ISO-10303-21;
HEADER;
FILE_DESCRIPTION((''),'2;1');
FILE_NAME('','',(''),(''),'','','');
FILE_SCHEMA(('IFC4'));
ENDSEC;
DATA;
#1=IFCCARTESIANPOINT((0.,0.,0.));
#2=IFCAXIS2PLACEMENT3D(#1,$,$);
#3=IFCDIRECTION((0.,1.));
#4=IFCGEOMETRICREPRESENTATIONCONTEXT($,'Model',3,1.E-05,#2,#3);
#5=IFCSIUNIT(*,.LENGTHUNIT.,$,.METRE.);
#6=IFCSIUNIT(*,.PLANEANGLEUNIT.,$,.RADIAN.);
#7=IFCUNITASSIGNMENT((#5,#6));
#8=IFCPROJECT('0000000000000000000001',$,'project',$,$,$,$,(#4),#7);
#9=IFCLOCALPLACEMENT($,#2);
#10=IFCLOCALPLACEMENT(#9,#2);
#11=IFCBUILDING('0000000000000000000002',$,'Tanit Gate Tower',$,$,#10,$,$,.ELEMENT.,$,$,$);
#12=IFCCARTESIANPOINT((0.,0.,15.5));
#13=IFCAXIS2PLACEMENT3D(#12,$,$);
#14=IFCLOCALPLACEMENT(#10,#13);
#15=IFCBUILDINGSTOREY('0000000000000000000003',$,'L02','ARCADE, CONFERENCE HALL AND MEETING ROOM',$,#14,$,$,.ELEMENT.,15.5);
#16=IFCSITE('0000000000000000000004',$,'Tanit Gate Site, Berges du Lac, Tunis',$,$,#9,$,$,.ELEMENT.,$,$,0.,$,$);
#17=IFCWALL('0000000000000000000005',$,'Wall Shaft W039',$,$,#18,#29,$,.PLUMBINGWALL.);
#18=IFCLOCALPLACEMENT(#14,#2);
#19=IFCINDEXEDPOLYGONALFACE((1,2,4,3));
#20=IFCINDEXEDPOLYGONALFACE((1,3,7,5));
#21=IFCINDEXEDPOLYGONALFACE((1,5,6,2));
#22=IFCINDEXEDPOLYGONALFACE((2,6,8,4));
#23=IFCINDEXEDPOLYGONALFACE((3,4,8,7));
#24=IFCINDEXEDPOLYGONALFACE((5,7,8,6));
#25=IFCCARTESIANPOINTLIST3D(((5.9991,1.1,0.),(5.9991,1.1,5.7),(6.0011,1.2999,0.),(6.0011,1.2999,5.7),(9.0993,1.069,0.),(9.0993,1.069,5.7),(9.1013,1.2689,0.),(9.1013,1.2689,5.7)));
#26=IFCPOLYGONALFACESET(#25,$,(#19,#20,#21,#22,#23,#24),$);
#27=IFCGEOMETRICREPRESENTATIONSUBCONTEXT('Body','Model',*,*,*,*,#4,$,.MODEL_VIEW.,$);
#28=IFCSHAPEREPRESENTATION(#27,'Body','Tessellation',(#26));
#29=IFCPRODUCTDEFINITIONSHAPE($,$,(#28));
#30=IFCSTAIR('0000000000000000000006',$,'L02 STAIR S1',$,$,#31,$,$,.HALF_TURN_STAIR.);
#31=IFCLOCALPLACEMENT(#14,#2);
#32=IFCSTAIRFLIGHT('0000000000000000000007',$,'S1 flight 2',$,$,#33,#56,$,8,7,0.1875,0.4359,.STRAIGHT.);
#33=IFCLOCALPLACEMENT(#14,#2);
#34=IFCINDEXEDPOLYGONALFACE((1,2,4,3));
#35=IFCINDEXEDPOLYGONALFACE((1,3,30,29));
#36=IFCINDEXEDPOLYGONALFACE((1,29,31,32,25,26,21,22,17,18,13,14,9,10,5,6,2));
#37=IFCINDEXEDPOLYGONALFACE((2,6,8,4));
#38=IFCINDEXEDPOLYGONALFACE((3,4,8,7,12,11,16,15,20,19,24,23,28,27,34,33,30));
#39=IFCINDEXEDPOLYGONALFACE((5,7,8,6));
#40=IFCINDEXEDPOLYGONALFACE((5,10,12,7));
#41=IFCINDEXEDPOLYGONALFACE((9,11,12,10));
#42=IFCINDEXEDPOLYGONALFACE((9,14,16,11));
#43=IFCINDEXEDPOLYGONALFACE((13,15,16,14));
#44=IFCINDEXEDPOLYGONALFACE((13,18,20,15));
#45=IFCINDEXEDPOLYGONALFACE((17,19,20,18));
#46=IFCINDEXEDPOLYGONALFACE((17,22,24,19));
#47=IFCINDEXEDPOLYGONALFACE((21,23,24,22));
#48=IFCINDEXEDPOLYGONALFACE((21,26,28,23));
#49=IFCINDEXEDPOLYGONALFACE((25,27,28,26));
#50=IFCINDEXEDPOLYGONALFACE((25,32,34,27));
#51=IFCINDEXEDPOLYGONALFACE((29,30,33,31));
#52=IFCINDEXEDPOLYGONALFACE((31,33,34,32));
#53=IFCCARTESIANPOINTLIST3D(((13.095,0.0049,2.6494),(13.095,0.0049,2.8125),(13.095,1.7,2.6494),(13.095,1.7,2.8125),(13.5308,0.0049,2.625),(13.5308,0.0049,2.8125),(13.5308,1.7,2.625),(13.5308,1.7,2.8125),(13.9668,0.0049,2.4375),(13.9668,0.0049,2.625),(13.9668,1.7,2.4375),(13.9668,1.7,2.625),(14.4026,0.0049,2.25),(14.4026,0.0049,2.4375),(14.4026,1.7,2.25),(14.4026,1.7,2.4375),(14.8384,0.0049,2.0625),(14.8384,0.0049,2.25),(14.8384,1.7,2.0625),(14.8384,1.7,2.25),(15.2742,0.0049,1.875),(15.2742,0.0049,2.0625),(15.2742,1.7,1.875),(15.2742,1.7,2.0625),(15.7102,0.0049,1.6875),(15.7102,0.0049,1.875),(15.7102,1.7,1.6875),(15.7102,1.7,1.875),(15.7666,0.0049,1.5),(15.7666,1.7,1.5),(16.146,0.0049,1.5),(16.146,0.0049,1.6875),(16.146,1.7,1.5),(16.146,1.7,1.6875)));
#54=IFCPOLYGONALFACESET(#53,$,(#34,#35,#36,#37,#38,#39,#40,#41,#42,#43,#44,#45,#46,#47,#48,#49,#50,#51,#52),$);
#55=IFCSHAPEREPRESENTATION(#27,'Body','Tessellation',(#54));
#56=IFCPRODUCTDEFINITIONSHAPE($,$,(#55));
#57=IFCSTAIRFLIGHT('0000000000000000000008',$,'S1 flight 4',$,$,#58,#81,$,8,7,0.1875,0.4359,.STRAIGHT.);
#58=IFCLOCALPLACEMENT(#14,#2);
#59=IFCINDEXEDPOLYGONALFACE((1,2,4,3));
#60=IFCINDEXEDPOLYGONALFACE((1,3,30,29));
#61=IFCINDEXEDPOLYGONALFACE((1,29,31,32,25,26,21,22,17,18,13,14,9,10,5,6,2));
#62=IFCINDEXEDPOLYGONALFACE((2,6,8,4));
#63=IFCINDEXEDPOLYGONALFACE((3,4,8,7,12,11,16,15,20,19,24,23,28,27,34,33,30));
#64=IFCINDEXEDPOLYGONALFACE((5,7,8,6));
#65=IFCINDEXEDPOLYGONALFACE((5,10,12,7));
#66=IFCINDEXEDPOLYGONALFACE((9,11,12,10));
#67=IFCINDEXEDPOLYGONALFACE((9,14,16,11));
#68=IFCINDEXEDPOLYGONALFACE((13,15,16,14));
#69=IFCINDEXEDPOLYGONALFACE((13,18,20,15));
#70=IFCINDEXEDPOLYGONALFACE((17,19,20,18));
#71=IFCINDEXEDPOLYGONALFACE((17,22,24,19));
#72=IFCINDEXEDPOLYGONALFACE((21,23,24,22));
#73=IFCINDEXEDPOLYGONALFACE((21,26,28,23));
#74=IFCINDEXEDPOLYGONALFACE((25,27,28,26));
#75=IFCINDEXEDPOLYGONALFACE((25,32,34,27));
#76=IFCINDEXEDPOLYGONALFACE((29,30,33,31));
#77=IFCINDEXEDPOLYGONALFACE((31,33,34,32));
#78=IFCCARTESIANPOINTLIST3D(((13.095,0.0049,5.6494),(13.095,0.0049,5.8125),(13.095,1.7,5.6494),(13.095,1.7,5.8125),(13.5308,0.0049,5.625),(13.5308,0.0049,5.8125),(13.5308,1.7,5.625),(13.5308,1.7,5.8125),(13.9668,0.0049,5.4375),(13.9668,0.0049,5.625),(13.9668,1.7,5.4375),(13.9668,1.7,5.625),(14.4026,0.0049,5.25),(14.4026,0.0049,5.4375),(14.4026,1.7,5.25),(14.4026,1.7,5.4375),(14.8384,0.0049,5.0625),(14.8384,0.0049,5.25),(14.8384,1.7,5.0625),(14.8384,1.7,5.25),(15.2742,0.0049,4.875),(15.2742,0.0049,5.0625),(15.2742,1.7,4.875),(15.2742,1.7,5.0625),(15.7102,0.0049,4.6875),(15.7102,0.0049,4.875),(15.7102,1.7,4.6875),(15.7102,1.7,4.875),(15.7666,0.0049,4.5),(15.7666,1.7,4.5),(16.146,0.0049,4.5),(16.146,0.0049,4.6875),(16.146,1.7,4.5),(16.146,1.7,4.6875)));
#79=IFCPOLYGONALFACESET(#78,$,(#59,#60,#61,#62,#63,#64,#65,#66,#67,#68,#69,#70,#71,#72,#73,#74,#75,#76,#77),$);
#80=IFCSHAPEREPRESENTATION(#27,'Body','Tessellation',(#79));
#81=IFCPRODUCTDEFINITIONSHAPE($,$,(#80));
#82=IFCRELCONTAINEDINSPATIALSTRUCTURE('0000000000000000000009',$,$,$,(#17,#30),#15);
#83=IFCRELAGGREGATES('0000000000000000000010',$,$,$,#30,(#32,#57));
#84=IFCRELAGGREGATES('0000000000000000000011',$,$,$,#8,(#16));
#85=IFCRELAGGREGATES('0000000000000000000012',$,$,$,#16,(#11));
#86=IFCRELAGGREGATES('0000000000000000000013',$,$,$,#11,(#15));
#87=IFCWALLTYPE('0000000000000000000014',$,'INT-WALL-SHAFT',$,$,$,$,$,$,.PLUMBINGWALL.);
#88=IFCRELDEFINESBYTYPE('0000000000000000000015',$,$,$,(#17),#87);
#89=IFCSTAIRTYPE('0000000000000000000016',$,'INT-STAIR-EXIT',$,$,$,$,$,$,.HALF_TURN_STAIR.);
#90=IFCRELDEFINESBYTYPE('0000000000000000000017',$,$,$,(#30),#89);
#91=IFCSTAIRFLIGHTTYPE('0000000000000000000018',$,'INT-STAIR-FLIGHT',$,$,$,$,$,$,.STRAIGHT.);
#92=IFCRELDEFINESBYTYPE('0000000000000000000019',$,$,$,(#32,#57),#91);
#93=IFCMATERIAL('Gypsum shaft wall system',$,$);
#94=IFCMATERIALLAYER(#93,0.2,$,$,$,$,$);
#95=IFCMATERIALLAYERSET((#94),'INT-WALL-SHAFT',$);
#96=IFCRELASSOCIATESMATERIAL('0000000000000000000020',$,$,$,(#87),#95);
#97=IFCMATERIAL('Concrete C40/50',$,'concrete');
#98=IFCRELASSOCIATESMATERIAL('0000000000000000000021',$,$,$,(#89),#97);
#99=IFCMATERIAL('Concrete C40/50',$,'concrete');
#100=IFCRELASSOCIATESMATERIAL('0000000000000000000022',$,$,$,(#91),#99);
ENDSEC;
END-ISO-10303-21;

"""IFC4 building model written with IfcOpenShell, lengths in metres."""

from ifc_helpers import new_model, si_unit, direction, frame, frame_2d, origin, place, context, subcontext, project, spatial, polyline, rectangle, outline, extrude, material, layer, layer_set, type_object, element, aggregate, save


model = new_model("IFC4")

# Units and contexts
model_context = context("Model", 3, precision=1e-05, world=origin(), true_north=direction((0.0, 1.0)))
body_context = subcontext(model_context, "Body", "Model", "MODEL_VIEW")
ifc_project = project(units=[si_unit("LENGTHUNIT", "METRE"), si_unit("PLANEANGLEUNIT", "RADIAN")], contexts=[model_context])

# Site, building, storey
site_placement = place(None, origin())
site = spatial("IfcSite", under=ifc_project, at=site_placement, Name="Tanit Gate Site, Berges du Lac, Tunis", CompositionType="ELEMENT", RefElevation=0.0)
building_placement = place(site_placement, origin())
building = spatial("IfcBuilding", under=site, at=building_placement, Name="Tanit Gate Tower", CompositionType="ELEMENT")
storey_placement = place(building_placement, frame((0.0, 0.0, 15.5)))
storey = spatial("IfcBuildingStorey", under=building, at=storey_placement, Name="L02", Description="ARCADE, CONFERENCE HALL AND MEETING ROOM", CompositionType="ELEMENT", Elevation=15.5)

# Shared definitions
ifc_material_1 = material(Name="Gypsum shaft wall system")
ifc_layer_1 = layer(ifc_material_1, 0.2)
ifc_layer_set_1 = layer_set([ifc_layer_1], Name="INT-WALL-SHAFT")
wall_type_1 = type_object("IfcWallType", Name="INT-WALL-SHAFT", PredefinedType="PLUMBINGWALL", material=ifc_layer_set_1)

# Wall
wall_1_placement = place(storey_placement, frame((6.0, 1.2, 0.0), z_axis=(0.0, 0.0, 1.0), x_axis=(0.99995, -0.010001, 0.0)))
element("IfcWall", 1, at=wall_1_placement, inside=storey, type_object=wall_type_1, Name="Wall Shaft W039", PredefinedType="PLUMBINGWALL", context=body_context, shape_type="SweptSolid", body=[
    extrude(rectangle(XDim=3.1003, YDim=0.2, at=frame_2d((1.5503, 0.0))), origin(), (0.0, 0.0, 1.0), 5.7),
])

# Stair, stair flights
ifc_material_2 = material(Name="Concrete C40/50", Category="concrete")
stair_type = type_object("IfcStairType", Name="INT-STAIR-EXIT", PredefinedType="HALF_TURN_STAIR", material=ifc_material_2)
stair_placement = place(storey_placement, origin())
stair = element("IfcStair", 2, at=stair_placement, inside=storey, type_object=stair_type, Name="L02 STAIR S1", PredefinedType="HALF_TURN_STAIR")
ifc_material_3 = material(Name="Concrete C40/50", Category="concrete")
stair_flight_type = type_object("IfcStairFlightType", Name="INT-STAIR-FLIGHT", PredefinedType="STRAIGHT", material=ifc_material_3)
stair_flight_1_placement = place(storey_placement, frame((16.146, 0.8525, 1.5), z_axis=(0.0, 0.0, 1.0), x_axis=(-1.0, 0.0, 0.0)))
stair_flight_1 = element("IfcStairFlight", 3, at=stair_flight_1_placement, type_object=stair_flight_type, Name="S1 flight 2", NumberOfRisers=8, NumberOfTreads=7, PredefinedType="STRAIGHT", RiserHeight=0.1875, TreadLength=0.4359, context=body_context, shape_type="SweptSolid", body=[
    extrude(outline(polyline([(0.0, 0.0), (0.0, 0.1875), (0.4358, 0.1875), (0.4358, 0.375), (0.8718, 0.375), (0.8718, 0.5625), (1.3076, 0.5625), (1.3076, 0.75), (1.7434, 0.75), (1.7434, 0.9375), (2.1792, 0.9375), (2.1792, 1.125), (2.6152, 1.125), (2.6152, 1.3125), (3.051, 1.3125), (3.051, 1.5), (3.051, 1.1494), (0.3794, 0.0), (0.0, 0.0)])), frame((0.0, 0.8477, 0.0), z_axis=(0.0, -1.0, 0.0), x_axis=(1.0, 0.0, 0.0)), (0.0, 0.0, 1.0), 1.6951),
])
stair_flight_2_placement = place(storey_placement, frame((16.146, 0.8525, 4.5), z_axis=(0.0, 0.0, 1.0), x_axis=(-1.0, 0.0, 0.0)))
stair_flight_2 = element("IfcStairFlight", 4, at=stair_flight_2_placement, type_object=stair_flight_type, Name="S1 flight 4", NumberOfRisers=8, NumberOfTreads=7, PredefinedType="STRAIGHT", RiserHeight=0.1875, TreadLength=0.4359, context=body_context, shape_type="SweptSolid", body=[
    extrude(outline(polyline([(0.0, 0.0), (0.0, 0.1875), (0.4358, 0.1875), (0.4358, 0.375), (0.8718, 0.375), (0.8718, 0.5625), (1.3076, 0.5625), (1.3076, 0.75), (1.7434, 0.75), (1.7434, 0.9375), (2.1792, 0.9375), (2.1792, 1.125), (2.6152, 1.125), (2.6152, 1.3125), (3.051, 1.3125), (3.051, 1.5), (3.051, 1.1494), (0.3794, 0.0), (0.0, 0.0)])), frame((0.0, 0.8477, 0.0), z_axis=(0.0, -1.0, 0.0), x_axis=(1.0, 0.0, 0.0)), (0.0, 0.0, 1.0), 1.6951),
])
aggregate(stair, [stair_flight_1, stair_flight_2])

save(model, "model.ifc")
